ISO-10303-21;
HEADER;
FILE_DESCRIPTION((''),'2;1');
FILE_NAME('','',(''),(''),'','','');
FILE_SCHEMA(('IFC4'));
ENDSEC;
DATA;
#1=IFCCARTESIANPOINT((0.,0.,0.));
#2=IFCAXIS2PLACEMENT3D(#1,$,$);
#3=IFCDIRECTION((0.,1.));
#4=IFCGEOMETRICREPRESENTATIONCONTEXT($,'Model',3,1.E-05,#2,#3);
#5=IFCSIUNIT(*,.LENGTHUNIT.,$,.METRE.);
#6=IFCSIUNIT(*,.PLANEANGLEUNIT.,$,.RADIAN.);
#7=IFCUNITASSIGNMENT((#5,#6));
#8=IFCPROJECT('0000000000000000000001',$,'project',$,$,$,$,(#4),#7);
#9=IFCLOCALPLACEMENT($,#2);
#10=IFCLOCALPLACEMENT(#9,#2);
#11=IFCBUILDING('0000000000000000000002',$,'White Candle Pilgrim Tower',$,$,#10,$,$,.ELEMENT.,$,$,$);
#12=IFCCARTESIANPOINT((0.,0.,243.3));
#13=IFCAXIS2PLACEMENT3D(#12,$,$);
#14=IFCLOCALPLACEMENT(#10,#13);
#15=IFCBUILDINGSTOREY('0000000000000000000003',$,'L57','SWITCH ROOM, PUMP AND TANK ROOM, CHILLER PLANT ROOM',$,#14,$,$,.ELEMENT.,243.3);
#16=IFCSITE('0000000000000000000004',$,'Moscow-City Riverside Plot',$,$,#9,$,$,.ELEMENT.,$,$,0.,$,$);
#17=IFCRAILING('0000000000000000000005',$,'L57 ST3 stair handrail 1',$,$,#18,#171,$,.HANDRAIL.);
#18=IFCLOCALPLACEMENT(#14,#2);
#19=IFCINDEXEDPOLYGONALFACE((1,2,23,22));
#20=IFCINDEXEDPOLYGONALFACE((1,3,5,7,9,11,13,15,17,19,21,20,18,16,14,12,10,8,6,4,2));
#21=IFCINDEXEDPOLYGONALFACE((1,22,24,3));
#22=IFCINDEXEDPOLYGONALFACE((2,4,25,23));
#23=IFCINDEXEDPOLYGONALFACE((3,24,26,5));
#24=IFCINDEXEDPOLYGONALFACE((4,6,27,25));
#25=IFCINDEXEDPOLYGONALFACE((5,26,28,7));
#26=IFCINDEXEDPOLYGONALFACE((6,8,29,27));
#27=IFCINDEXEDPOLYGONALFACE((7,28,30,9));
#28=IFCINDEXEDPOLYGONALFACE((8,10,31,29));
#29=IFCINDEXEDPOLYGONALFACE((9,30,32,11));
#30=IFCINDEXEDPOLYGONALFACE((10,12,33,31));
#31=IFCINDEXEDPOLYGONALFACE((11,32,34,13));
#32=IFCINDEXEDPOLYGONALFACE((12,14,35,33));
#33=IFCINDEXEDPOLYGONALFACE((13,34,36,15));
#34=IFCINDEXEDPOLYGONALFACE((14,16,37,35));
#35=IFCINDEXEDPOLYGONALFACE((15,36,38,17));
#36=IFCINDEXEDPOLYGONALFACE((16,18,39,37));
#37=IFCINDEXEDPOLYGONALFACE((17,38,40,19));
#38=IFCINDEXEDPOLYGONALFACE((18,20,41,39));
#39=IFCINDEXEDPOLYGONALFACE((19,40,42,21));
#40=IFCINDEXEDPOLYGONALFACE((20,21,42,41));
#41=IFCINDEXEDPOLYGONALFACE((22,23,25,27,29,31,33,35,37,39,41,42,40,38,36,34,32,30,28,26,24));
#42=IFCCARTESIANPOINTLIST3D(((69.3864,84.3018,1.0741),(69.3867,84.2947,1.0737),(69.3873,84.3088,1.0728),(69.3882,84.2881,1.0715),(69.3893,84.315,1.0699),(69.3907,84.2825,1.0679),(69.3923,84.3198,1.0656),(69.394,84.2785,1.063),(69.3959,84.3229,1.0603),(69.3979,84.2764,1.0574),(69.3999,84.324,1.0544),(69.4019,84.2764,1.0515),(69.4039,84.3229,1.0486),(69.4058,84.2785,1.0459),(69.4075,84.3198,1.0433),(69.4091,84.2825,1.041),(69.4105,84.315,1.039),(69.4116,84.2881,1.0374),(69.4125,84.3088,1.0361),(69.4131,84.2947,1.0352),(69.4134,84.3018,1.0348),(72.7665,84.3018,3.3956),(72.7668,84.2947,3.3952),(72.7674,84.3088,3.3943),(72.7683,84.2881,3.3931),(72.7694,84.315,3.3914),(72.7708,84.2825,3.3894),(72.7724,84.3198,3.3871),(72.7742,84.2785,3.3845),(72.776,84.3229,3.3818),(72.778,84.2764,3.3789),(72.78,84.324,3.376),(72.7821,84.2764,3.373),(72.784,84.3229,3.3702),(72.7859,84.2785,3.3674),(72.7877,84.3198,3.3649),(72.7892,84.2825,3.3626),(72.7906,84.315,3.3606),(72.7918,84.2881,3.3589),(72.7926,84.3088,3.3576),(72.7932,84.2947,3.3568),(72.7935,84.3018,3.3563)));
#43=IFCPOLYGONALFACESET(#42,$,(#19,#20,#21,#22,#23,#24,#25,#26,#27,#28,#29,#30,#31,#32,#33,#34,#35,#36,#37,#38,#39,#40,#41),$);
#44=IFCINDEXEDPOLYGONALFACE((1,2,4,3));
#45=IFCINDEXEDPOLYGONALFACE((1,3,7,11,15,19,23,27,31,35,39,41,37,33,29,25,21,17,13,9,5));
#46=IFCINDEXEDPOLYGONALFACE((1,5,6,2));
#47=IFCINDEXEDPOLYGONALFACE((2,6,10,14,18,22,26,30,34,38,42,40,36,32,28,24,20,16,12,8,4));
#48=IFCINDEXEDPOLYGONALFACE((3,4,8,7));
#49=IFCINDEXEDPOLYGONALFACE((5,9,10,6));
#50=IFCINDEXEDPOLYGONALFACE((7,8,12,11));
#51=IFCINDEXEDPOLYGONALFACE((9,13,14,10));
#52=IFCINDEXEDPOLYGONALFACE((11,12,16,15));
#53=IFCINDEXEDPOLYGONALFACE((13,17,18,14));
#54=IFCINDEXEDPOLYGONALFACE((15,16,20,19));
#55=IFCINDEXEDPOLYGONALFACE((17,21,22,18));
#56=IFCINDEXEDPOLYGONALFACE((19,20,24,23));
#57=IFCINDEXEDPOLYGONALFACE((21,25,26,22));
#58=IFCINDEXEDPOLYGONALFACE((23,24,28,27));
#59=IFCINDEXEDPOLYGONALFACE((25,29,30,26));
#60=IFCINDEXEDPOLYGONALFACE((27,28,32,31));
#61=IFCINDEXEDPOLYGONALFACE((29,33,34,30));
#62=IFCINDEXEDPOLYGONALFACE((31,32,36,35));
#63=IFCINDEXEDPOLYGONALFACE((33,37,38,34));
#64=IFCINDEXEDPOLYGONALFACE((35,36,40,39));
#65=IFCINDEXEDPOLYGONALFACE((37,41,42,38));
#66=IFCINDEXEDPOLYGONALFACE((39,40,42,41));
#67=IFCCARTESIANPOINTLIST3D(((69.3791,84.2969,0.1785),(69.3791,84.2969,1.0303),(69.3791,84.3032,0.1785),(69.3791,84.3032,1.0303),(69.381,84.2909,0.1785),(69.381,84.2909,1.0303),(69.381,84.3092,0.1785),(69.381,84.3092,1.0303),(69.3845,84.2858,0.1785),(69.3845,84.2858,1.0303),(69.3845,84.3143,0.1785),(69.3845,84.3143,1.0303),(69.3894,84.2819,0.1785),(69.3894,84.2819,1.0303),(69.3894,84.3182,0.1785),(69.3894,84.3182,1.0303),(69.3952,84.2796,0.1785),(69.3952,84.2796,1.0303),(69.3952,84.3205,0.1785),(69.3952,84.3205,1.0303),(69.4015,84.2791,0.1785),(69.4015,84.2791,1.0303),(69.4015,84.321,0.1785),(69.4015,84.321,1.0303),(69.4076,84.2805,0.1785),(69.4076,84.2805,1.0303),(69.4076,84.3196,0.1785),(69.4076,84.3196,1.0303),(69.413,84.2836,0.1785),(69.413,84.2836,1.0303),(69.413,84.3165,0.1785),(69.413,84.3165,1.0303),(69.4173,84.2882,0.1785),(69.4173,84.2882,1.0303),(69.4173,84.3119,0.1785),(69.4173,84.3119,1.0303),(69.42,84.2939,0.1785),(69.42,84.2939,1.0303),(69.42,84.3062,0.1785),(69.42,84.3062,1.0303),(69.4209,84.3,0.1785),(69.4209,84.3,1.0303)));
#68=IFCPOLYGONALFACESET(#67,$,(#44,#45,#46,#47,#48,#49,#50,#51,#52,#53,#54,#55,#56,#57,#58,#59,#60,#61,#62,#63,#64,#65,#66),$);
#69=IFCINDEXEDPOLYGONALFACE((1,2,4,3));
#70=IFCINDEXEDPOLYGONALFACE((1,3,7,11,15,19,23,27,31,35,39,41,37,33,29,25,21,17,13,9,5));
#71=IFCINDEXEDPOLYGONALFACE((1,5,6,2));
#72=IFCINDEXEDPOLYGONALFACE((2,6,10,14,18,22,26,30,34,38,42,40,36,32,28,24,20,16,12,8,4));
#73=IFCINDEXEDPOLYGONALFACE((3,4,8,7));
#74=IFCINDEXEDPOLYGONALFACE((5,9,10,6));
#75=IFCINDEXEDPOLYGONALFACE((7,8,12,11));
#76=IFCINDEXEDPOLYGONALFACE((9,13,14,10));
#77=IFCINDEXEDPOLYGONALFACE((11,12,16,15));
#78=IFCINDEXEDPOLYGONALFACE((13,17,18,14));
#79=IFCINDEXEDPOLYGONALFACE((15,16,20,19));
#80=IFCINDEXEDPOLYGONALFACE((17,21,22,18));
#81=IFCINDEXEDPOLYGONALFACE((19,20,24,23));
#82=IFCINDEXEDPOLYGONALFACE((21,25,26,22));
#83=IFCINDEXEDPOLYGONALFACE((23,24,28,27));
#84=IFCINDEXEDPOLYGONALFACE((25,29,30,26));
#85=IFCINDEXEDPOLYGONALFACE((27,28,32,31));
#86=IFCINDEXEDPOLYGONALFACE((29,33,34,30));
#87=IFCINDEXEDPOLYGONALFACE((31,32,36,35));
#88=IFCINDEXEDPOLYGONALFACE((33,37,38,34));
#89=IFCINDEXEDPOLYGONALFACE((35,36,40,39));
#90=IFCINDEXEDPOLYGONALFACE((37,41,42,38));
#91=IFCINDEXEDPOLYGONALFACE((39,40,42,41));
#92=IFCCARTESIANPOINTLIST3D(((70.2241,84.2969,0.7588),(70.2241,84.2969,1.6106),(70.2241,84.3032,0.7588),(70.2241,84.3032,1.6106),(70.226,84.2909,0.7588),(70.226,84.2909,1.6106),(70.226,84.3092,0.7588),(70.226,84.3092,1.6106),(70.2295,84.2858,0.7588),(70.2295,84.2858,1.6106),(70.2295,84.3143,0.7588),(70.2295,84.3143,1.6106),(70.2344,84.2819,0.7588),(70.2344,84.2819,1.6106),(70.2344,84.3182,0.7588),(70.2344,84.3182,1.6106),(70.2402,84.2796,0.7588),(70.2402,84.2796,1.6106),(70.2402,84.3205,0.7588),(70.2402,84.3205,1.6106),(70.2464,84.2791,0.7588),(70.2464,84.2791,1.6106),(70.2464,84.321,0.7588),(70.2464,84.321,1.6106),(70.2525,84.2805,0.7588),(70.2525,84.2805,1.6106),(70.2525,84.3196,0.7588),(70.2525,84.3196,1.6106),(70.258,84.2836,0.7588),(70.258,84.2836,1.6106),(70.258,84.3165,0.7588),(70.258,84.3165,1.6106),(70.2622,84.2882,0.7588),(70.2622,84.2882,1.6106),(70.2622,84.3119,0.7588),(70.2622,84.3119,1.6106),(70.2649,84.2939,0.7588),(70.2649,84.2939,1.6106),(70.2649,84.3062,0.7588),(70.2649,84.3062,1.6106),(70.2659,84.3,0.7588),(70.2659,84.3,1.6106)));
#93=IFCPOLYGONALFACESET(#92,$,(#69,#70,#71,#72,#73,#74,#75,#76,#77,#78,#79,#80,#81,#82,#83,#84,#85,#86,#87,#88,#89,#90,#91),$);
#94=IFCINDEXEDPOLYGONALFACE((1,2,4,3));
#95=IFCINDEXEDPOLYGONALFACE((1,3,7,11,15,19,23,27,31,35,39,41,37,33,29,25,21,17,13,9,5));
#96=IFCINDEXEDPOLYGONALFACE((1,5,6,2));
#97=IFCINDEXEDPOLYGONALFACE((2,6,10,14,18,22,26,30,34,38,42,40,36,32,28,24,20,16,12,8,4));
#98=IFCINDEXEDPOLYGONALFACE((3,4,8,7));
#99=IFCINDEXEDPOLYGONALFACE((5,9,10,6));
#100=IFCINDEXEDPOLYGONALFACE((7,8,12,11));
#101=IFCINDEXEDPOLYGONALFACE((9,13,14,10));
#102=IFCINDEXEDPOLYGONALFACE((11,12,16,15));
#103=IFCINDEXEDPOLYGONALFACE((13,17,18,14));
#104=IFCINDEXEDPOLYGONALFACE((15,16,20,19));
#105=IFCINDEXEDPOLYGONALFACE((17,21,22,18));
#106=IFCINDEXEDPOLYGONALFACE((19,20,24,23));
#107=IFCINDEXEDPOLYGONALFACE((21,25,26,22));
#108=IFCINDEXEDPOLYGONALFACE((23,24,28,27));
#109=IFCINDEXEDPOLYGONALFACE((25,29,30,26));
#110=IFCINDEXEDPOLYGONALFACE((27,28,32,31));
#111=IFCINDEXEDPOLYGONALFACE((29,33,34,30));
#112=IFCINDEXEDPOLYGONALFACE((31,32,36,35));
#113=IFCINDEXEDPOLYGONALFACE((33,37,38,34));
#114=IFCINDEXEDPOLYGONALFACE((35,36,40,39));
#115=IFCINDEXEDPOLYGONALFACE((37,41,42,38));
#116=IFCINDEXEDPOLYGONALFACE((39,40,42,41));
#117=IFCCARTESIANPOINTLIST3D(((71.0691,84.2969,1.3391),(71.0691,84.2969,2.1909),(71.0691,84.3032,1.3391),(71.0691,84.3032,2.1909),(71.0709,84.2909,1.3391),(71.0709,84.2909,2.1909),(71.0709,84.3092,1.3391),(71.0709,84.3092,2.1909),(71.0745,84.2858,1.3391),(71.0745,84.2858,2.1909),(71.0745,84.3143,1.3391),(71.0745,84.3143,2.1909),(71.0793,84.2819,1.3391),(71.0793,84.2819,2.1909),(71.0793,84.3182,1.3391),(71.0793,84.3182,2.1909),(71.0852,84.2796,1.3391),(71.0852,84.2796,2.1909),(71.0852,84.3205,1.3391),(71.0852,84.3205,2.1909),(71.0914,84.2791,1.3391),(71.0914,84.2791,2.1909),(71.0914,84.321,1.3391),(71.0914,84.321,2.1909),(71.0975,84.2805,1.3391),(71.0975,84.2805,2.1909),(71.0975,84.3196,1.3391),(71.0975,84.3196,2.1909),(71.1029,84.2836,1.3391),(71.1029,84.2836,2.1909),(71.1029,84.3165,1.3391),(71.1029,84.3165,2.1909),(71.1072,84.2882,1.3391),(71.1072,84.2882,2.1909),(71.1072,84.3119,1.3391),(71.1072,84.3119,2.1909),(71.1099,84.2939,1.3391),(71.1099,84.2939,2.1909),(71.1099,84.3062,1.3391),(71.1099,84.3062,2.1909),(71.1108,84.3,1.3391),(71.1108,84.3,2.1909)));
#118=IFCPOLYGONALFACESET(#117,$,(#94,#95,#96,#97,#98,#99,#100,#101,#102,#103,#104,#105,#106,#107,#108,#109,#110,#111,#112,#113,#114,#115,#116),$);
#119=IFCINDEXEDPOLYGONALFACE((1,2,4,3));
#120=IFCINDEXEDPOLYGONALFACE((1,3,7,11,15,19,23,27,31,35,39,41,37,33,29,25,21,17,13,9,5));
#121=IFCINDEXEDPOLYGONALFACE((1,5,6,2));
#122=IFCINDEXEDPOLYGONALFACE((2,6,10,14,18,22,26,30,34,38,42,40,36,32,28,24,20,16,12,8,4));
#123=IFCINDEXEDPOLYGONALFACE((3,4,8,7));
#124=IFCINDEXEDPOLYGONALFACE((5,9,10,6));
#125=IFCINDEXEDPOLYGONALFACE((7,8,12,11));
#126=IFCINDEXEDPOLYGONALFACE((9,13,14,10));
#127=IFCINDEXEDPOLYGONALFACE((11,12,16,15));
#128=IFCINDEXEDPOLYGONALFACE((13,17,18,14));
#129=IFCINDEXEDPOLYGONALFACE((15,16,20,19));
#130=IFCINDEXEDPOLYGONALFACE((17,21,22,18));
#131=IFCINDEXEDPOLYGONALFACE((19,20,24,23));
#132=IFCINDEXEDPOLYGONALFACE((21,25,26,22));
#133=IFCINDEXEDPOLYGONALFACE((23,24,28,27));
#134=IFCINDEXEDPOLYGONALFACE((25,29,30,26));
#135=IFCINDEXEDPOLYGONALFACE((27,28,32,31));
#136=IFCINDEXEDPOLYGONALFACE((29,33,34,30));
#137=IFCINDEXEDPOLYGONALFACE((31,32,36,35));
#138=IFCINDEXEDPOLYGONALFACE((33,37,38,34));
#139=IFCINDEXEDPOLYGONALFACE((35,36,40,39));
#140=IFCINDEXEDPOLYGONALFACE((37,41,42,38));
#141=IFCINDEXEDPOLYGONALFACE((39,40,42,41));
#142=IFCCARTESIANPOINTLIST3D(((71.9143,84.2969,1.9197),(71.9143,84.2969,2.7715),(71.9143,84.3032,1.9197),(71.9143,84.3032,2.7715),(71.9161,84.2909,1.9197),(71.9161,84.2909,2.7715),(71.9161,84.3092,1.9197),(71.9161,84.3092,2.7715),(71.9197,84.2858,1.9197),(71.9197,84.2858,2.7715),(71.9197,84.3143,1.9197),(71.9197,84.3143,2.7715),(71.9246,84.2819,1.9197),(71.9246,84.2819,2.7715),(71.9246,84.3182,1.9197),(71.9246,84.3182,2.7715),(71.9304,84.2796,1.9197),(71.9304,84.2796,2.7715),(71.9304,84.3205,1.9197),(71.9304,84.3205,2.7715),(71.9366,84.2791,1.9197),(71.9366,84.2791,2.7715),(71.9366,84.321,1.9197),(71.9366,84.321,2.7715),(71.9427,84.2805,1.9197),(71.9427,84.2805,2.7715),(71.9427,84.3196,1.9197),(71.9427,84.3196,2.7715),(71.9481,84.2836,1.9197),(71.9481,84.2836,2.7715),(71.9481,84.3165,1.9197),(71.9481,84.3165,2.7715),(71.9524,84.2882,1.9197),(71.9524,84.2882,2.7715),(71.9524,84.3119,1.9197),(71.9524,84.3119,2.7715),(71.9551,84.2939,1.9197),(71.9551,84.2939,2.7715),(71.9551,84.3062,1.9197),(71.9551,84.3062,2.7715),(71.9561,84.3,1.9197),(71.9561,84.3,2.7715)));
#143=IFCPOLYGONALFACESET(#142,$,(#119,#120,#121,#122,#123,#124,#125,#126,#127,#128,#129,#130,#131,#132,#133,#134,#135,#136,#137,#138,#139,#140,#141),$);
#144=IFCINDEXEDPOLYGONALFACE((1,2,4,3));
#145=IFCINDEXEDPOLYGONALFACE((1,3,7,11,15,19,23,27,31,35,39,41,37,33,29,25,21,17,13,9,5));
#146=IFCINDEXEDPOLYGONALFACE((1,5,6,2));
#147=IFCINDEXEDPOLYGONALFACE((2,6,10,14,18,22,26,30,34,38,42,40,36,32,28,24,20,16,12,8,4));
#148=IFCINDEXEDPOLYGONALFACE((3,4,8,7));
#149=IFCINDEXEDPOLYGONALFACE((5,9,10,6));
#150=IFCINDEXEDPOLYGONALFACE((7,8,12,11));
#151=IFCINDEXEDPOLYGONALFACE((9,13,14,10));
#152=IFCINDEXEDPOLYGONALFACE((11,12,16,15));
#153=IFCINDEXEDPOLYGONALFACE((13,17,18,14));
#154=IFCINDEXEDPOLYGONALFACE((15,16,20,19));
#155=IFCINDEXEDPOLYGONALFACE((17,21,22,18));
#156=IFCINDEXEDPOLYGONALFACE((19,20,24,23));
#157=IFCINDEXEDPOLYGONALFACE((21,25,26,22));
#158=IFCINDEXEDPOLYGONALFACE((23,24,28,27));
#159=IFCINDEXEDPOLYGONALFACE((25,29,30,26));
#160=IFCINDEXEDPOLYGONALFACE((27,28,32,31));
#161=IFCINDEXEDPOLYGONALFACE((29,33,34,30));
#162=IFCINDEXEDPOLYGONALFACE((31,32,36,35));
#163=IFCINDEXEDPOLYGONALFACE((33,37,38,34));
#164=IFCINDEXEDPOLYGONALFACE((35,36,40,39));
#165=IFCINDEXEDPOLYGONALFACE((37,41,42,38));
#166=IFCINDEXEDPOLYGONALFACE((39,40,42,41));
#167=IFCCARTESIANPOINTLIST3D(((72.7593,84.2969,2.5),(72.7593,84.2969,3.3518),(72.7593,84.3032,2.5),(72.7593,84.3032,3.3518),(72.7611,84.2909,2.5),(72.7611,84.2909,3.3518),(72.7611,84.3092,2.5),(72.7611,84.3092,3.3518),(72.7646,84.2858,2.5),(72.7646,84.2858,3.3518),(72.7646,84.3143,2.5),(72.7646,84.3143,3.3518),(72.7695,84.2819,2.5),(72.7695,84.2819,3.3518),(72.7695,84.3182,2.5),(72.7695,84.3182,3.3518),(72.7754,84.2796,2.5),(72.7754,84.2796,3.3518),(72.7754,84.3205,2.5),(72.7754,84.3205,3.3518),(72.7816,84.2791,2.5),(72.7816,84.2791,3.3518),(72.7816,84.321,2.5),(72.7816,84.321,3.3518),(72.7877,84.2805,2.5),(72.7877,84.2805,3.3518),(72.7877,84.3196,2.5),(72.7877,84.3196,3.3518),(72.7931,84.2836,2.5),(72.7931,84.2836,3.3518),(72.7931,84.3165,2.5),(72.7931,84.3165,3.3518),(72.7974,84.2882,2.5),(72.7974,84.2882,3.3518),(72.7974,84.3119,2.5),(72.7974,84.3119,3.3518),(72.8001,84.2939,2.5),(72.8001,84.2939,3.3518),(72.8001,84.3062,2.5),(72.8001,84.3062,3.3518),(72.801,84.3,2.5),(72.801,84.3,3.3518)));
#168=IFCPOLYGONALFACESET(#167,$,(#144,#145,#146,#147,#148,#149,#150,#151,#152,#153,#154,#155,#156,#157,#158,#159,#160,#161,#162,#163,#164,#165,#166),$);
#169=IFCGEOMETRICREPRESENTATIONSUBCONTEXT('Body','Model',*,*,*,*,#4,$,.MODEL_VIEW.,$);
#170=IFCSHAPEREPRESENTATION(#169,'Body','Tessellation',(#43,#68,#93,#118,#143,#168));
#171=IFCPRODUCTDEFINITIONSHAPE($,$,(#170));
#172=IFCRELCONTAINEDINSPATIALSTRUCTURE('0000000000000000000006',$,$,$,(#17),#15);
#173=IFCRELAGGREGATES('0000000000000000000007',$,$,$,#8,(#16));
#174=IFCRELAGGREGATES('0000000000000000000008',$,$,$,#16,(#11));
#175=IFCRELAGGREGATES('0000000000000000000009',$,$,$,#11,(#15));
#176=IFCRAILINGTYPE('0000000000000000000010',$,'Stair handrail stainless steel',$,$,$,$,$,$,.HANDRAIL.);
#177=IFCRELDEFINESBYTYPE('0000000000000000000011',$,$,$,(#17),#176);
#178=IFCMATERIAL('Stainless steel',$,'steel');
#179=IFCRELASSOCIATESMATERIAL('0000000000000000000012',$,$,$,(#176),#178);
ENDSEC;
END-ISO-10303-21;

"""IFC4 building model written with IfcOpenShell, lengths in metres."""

from ifc_helpers import new_model, si_unit, direction, frame, origin, origin_2d, place, context, subcontext, project, spatial, circle, extrude, material, type_object, element, save


model = new_model("IFC4")

# Units and contexts
model_context = context("Model", 3, precision=1e-05, world=origin(), true_north=direction((0.0, 1.0)))
body_context = subcontext(model_context, "Body", "Model", "MODEL_VIEW")
ifc_project = project(units=[si_unit("LENGTHUNIT", "METRE"), si_unit("PLANEANGLEUNIT", "RADIAN")], contexts=[model_context])

# Site, building, storey
site_placement = place(None, origin())
site = spatial("IfcSite", under=ifc_project, at=site_placement, Name="Moscow-City Riverside Plot", CompositionType="ELEMENT", RefElevation=0.0)
building_placement = place(site_placement, origin())
building = spatial("IfcBuilding", under=site, at=building_placement, Name="White Candle Pilgrim Tower", CompositionType="ELEMENT")
storey_placement = place(building_placement, frame((0.0, 0.0, 243.3)))
storey = spatial("IfcBuildingStorey", under=building, at=storey_placement, Name="L57", Description="SWITCH ROOM, PUMP AND TANK ROOM, CHILLER PLANT ROOM", CompositionType="ELEMENT", Elevation=243.3)

# Shared definitions
ifc_material_1 = material(Name="Stainless steel", Category="steel")

# Railing
railing_type_1 = type_object("IfcRailingType", Name="Stair handrail stainless steel", PredefinedType="HANDRAIL", material=ifc_material_1)
railing_1_placement = place(storey_placement, frame((69.3999, 84.3, 0.1785)))
element("IfcRailing", 1, at=railing_1_placement, inside=storey, type_object=railing_type_1, Name="L57 ST3 stair handrail 1", PredefinedType="HANDRAIL", context=body_context, shape_type="SweptSolid", body=[
    extrude(circle(Radius=0.0239, at=origin_2d()), frame((0.0, 0.0, 0.876), z_axis=(0.824304, 0.0, 0.566147), x_axis=(0.0, 1.0, 0.0)), (0.0, 0.0, 1.0), 4.1006),
    extrude(circle(Radius=0.021, at=origin_2d()), origin(), (0.0, 0.0, 1.0), 0.8518),
    extrude(circle(Radius=0.021, at=origin_2d()), frame((0.845, 0.0, 0.5803)), (0.0, 0.0, 1.0), 0.8518),
    extrude(circle(Radius=0.021, at=origin_2d()), frame((1.6899, 0.0, 1.1606)), (0.0, 0.0, 1.0), 0.8518),
    extrude(circle(Radius=0.021, at=origin_2d()), frame((2.5352, 0.0, 1.7412)), (0.0, 0.0, 1.0), 0.8518),
    extrude(circle(Radius=0.021, at=origin_2d()), frame((3.3801, 0.0, 2.3215)), (0.0, 0.0, 1.0), 0.8518),
])

save(model, "model.ifc")
